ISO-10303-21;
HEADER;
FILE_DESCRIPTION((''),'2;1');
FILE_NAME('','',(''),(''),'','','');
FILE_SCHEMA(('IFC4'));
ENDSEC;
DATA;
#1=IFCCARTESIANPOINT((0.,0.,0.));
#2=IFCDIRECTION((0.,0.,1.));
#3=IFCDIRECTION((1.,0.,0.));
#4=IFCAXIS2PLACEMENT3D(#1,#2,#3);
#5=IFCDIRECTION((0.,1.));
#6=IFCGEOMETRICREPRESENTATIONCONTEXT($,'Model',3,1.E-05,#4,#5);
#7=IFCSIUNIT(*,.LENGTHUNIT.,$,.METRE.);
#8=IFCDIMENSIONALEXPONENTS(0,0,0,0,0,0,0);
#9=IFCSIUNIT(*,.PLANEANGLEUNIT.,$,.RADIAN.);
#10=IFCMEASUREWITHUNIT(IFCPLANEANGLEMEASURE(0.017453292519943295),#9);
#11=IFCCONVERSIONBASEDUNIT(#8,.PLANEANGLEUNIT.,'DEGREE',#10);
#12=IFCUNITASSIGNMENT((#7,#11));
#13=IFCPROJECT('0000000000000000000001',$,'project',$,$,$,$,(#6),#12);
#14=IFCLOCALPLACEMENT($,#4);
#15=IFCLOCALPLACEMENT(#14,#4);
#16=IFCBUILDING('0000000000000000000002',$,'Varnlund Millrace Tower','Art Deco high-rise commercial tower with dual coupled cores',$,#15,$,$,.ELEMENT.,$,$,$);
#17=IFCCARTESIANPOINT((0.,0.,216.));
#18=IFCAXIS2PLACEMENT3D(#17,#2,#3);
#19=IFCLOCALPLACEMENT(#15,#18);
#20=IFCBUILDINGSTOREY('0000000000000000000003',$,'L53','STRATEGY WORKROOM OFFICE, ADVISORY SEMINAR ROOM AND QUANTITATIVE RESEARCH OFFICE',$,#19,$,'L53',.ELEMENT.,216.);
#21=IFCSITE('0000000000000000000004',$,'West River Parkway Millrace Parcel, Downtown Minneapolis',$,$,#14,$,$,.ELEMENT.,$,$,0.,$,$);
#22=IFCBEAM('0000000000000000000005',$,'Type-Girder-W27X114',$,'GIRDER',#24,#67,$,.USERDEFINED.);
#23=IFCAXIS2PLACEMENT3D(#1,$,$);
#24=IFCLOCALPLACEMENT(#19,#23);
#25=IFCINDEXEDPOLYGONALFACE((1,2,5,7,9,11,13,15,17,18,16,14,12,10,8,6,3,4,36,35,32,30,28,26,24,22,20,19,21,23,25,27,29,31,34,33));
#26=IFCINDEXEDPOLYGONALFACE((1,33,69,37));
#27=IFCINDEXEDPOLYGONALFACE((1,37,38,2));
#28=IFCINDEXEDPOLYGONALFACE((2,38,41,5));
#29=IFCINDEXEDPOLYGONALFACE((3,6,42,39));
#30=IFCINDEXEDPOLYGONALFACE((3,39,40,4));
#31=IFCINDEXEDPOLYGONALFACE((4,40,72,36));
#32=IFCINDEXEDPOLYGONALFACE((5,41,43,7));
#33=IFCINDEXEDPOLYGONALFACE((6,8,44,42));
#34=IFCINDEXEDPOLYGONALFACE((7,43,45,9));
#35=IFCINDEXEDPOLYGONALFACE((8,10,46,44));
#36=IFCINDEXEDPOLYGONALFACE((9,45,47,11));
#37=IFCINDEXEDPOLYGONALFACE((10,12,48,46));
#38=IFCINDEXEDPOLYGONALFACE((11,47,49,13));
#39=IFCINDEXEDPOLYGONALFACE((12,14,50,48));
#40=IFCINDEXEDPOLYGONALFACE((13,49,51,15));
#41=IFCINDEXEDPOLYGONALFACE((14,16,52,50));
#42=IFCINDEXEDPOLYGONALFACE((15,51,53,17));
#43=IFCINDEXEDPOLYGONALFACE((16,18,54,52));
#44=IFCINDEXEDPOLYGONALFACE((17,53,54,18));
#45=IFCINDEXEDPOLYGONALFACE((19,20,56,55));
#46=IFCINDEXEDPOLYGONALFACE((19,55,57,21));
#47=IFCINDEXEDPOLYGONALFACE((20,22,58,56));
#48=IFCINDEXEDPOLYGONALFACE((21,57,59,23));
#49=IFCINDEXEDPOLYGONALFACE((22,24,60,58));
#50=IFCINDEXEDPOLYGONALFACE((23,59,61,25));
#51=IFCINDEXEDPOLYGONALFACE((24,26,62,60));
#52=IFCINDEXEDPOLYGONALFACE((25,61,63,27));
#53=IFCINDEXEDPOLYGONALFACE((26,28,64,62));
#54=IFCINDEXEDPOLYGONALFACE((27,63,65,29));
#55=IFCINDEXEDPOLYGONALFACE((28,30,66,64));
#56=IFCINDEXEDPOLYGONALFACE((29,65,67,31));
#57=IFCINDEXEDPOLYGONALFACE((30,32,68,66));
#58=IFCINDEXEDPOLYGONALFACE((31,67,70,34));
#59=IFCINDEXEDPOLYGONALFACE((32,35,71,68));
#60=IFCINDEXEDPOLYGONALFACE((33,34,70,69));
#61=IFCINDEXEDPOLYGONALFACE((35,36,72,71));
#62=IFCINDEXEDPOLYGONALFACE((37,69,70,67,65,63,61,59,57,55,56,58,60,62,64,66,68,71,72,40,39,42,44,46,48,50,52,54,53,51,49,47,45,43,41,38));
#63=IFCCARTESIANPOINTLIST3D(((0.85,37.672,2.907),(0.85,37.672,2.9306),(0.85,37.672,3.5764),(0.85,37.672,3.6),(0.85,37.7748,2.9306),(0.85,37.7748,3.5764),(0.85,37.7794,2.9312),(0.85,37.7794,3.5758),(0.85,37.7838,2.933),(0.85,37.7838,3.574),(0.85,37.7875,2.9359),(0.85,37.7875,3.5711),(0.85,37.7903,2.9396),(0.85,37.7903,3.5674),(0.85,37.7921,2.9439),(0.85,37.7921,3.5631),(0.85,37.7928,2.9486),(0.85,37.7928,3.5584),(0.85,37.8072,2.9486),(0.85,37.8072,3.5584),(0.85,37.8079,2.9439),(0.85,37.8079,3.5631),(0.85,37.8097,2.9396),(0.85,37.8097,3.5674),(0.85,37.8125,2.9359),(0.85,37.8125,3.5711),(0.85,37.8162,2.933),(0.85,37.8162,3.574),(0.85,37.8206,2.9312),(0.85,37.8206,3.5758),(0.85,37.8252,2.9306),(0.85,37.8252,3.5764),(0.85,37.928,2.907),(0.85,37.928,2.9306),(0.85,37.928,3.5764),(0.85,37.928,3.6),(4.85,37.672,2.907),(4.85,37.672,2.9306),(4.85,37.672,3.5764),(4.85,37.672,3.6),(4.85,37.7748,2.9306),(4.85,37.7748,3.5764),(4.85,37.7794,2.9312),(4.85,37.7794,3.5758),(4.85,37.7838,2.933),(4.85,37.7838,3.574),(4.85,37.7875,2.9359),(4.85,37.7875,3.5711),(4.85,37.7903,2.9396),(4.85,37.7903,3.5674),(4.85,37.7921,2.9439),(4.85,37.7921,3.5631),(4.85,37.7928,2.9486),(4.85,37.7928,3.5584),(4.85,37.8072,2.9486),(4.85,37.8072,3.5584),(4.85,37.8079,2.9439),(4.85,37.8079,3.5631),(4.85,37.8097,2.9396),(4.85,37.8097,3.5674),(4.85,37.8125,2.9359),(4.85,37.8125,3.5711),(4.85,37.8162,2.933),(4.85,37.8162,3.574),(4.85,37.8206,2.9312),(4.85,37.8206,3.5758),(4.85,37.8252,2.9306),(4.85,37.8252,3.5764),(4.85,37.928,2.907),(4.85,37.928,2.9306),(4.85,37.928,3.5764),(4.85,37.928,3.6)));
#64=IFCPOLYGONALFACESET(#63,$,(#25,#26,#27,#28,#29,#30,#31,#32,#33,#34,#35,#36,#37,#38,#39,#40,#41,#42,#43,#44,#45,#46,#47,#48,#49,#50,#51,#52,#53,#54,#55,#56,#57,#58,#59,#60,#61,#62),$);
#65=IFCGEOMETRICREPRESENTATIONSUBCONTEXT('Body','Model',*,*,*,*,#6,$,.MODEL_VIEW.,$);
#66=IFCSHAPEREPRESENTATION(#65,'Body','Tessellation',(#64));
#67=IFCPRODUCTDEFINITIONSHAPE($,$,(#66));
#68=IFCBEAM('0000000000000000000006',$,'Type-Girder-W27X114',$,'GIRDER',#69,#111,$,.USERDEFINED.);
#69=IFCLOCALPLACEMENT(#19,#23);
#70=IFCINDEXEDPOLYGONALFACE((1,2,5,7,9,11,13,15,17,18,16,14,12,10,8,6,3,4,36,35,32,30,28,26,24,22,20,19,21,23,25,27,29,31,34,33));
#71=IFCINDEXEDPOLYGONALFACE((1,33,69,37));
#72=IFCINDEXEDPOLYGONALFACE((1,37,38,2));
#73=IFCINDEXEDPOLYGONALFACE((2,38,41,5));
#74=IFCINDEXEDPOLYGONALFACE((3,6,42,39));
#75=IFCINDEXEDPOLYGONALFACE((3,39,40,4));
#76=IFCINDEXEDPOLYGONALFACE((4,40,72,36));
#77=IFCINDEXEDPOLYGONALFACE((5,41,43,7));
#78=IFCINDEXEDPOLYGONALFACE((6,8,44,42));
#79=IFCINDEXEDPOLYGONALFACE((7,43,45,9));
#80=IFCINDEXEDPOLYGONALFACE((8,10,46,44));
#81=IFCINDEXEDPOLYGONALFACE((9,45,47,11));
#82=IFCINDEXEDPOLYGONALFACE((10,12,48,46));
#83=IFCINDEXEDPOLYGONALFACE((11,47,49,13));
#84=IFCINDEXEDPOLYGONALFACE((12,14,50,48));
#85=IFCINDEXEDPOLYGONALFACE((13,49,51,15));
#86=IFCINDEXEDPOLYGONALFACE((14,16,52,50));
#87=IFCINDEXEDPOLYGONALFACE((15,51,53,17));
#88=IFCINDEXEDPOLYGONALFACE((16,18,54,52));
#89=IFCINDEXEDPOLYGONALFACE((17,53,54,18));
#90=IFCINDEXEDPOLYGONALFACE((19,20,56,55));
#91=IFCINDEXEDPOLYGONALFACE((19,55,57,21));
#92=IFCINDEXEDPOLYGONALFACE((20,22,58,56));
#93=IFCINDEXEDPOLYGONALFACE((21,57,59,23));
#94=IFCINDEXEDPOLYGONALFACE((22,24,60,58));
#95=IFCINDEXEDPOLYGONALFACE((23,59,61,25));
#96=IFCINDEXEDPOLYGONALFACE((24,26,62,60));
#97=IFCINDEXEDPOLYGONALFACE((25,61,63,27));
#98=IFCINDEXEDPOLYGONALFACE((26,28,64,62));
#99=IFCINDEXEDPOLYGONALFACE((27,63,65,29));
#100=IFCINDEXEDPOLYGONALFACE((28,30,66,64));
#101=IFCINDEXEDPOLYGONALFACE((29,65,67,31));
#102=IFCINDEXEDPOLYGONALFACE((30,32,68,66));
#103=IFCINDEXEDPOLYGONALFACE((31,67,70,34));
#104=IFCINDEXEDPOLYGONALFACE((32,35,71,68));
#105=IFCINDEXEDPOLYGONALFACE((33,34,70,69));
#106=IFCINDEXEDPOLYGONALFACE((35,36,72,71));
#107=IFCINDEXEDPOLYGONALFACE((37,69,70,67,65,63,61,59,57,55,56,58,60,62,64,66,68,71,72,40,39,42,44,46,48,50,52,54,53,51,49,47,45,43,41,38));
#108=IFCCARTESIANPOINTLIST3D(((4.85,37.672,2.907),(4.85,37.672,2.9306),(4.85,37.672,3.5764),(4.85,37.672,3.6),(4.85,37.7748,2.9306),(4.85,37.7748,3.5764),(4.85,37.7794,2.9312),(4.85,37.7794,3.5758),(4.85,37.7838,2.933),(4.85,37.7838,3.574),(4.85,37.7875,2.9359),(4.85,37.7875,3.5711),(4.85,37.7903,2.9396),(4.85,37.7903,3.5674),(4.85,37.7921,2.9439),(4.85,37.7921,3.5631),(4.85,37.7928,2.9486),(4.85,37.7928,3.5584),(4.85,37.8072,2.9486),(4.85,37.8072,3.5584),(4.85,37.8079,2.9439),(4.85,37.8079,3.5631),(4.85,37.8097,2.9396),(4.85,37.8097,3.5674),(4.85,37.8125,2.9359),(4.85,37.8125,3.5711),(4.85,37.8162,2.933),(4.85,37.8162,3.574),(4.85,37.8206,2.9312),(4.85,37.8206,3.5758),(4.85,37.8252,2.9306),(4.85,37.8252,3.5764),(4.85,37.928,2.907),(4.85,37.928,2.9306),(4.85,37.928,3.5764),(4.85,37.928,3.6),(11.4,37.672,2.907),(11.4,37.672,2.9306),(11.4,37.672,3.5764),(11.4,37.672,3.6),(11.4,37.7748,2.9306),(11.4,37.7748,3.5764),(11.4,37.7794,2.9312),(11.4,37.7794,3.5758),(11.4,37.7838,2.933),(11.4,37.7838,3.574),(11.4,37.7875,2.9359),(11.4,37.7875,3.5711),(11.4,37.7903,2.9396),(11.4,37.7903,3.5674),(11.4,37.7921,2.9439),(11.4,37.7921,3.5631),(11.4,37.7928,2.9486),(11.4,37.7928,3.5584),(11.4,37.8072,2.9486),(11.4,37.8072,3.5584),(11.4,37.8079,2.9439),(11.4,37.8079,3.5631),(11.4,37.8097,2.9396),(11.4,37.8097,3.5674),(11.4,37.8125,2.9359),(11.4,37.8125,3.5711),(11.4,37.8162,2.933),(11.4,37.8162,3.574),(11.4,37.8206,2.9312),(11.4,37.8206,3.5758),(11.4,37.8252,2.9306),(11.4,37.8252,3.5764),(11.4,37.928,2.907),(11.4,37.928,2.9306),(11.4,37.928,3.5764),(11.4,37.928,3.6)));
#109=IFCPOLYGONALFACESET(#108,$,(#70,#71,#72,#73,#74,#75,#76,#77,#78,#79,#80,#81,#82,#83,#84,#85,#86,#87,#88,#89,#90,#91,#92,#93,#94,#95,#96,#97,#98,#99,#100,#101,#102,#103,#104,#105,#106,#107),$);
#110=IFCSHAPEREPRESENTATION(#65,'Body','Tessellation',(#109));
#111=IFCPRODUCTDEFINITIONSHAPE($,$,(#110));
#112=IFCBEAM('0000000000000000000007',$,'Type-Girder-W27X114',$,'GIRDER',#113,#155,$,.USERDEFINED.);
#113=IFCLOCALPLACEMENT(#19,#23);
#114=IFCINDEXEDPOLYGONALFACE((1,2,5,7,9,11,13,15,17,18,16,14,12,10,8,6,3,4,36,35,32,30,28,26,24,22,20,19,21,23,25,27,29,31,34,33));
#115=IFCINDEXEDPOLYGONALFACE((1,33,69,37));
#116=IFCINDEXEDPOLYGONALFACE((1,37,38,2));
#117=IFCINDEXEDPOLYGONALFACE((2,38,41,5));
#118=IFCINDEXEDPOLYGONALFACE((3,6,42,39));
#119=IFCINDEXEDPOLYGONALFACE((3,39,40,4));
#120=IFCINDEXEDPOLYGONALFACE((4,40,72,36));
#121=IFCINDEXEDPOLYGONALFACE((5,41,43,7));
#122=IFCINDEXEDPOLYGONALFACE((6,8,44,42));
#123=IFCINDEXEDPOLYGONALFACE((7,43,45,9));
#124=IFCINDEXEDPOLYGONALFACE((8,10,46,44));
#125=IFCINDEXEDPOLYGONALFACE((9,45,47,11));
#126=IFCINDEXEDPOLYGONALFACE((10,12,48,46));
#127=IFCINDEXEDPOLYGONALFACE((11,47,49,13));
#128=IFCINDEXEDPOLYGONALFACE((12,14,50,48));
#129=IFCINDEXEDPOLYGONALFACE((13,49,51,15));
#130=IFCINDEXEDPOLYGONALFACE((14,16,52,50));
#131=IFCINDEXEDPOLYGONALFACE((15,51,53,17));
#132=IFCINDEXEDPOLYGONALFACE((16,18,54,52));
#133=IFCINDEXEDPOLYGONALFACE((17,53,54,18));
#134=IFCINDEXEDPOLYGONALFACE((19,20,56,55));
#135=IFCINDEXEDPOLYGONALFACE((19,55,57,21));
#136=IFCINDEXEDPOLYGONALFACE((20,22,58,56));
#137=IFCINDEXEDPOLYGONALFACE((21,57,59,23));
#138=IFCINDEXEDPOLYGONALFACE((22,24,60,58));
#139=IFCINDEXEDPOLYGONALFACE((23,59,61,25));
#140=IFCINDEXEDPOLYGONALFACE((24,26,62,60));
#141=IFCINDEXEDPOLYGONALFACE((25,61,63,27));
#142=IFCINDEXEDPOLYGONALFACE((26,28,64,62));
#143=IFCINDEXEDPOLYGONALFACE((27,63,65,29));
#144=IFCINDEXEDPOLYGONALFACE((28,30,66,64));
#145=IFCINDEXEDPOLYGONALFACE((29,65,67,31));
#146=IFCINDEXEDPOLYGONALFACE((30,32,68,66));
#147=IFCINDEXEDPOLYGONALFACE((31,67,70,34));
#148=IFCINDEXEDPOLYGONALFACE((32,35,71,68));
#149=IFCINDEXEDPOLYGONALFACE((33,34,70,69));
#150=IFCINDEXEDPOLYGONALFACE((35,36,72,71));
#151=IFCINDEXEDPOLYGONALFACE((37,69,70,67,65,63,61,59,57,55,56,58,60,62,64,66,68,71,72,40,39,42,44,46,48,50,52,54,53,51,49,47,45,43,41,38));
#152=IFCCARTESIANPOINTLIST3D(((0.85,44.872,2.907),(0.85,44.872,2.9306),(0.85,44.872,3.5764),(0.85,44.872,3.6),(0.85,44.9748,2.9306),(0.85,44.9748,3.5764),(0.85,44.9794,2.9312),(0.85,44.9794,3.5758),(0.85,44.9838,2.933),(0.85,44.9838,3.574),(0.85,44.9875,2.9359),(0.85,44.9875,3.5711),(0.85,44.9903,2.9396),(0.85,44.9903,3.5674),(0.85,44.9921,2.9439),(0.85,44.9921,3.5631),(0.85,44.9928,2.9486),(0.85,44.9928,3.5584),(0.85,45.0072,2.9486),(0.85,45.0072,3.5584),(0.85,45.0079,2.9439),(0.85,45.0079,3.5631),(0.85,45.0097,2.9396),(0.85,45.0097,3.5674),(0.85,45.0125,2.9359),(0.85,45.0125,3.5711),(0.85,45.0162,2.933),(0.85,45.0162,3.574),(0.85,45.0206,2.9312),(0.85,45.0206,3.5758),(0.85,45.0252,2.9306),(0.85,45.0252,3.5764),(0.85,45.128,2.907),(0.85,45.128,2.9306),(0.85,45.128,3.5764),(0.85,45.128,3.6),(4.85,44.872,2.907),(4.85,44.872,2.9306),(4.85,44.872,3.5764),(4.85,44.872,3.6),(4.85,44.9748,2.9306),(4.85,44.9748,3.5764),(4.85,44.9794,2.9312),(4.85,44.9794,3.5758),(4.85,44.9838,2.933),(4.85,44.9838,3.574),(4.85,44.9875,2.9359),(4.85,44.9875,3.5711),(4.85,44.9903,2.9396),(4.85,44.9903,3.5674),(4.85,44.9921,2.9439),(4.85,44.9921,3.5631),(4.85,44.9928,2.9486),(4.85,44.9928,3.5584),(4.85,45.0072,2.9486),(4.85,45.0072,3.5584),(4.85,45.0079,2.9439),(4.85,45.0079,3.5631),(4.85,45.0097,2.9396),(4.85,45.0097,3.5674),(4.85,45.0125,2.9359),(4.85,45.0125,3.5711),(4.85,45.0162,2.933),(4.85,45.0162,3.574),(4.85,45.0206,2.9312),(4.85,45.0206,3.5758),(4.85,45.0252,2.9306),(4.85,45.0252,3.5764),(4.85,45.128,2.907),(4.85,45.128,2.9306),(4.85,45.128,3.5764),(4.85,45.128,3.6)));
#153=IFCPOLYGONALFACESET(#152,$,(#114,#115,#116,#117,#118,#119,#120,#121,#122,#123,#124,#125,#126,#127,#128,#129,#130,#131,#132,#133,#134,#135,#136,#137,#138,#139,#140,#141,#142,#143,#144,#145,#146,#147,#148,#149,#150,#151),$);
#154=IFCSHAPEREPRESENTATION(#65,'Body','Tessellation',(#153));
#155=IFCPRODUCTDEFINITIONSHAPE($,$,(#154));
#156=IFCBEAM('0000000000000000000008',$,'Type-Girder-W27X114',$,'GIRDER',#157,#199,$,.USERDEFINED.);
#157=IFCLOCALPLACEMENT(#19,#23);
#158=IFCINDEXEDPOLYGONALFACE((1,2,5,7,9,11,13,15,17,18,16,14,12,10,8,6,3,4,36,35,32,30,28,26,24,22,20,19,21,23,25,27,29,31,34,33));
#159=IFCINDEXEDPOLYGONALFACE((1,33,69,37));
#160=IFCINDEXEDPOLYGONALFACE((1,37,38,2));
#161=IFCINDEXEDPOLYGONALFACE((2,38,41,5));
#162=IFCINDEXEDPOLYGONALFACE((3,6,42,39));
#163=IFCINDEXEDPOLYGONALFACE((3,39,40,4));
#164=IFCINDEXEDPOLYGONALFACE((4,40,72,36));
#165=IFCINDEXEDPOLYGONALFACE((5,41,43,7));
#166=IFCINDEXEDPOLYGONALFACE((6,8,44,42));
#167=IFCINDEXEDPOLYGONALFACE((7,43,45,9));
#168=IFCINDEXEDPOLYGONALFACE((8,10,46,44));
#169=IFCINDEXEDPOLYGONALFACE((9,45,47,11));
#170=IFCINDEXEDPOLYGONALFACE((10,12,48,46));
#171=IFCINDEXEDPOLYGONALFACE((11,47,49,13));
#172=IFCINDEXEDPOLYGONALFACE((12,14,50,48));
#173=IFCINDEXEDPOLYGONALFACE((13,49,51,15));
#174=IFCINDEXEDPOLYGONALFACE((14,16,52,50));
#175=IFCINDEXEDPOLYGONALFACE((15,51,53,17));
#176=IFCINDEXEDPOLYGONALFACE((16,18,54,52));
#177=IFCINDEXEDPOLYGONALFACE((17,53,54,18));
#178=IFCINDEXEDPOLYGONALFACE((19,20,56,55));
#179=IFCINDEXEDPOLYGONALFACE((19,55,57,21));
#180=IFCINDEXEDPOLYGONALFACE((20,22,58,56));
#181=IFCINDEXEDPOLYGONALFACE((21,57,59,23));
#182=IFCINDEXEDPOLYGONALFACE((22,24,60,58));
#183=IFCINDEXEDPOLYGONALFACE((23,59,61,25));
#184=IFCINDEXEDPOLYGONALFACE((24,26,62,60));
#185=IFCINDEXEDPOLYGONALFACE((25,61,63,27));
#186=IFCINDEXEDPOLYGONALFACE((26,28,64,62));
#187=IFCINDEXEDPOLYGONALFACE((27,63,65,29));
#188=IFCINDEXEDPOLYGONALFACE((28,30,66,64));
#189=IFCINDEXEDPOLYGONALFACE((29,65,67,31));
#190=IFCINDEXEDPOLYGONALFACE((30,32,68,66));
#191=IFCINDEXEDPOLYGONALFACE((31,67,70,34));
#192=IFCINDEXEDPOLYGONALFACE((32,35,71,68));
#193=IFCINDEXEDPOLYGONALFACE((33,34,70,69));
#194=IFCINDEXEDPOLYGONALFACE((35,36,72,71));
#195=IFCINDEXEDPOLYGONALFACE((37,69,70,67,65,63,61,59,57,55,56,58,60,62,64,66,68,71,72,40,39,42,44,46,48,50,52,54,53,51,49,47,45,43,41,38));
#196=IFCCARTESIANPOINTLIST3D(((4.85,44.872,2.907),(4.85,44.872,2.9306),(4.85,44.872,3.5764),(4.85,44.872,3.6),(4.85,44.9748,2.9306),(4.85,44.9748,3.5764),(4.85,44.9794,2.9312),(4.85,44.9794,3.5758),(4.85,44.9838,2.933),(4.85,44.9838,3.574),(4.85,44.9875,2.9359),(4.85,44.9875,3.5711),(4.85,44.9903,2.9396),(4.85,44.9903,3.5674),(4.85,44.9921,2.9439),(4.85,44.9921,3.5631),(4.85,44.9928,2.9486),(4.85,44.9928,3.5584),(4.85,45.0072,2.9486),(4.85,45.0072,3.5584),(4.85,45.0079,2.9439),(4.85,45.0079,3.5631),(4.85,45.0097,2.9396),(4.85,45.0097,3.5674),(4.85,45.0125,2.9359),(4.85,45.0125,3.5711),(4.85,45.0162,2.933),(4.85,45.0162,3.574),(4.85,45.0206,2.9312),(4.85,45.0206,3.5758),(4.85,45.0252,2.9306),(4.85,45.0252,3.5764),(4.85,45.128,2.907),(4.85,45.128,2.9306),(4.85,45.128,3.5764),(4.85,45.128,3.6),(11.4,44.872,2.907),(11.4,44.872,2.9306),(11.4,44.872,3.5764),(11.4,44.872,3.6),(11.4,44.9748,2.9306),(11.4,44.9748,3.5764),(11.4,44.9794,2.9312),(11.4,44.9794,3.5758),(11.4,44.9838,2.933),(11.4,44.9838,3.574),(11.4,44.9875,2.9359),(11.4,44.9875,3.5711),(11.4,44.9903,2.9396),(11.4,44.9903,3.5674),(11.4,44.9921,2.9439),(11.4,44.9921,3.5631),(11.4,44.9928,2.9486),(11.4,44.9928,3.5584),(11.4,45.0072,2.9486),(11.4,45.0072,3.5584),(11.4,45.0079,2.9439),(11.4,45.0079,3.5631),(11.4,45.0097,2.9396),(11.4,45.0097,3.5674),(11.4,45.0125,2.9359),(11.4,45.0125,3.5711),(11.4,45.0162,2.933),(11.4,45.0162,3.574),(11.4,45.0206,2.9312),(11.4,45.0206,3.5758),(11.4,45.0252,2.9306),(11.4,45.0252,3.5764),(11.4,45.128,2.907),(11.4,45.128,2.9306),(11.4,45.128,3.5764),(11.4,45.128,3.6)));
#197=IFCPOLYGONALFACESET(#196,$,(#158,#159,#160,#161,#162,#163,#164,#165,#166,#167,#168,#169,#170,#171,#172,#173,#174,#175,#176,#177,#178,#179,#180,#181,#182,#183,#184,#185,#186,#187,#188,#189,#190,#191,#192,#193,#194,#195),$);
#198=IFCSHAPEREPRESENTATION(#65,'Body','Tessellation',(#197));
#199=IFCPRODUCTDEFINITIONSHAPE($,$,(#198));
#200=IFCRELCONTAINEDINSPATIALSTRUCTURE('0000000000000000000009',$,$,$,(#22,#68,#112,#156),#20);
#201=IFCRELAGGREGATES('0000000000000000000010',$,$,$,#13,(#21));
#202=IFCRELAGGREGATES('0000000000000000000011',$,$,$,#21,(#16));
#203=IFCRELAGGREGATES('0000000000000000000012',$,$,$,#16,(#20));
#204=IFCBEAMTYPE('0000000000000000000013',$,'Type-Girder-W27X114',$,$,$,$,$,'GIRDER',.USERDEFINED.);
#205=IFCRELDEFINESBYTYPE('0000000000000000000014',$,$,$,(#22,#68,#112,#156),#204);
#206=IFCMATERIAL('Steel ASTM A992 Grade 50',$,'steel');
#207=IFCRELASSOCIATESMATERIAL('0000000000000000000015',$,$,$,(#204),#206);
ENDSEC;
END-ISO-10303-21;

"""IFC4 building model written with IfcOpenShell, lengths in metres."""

from ifc_helpers import new_model, entity, si_unit, converted_unit, direction, frame, origin_with_axes, origin_2d_with_axis, place, context, subcontext, project, spatial, i_section, extrude, material, material_profile, profile_set, type_object, element, save


model = new_model("IFC4")

# Units and contexts
model_context = context("Model", 3, precision=1e-05, world=origin_with_axes(), true_north=direction((0.0, 1.0)))
body_context = subcontext(model_context, "Body", "Model", "MODEL_VIEW")
ifc_project = project(units=[si_unit("LENGTHUNIT", "METRE"), converted_unit("PLANEANGLEUNIT", "DEGREE", entity("IfcPlaneAngleMeasure", 0.017453292519943295), si_unit("PLANEANGLEUNIT", "RADIAN"), dimensions=[0, 0, 0, 0, 0, 0, 0])], contexts=[model_context])

# Site, building, storey
site_placement = place(None, origin_with_axes())
site = spatial("IfcSite", under=ifc_project, at=site_placement, Name="West River Parkway Millrace Parcel, Downtown Minneapolis", CompositionType="ELEMENT", RefElevation=0.0)
building_placement = place(site_placement, origin_with_axes())
building = spatial("IfcBuilding", under=site, at=building_placement, Name="Varnlund Millrace Tower", Description="Art Deco high-rise commercial tower with dual coupled cores", CompositionType="ELEMENT")
storey_placement = place(building_placement, frame((0.0, 0.0, 216.0), z_axis=(0.0, 0.0, 1.0), x_axis=(1.0, 0.0, 0.0)))
storey = spatial("IfcBuildingStorey", under=building, at=storey_placement, Name="L53", Description="STRATEGY WORKROOM OFFICE, ADVISORY SEMINAR ROOM AND QUANTITATIVE RESEARCH OFFICE", LongName="L53", CompositionType="ELEMENT", Elevation=216.0)

# Beams
ifc_material_1 = material(Name="Steel ASTM A992 Grade 50", Category="steel")
ifc_material_profile_1 = material_profile(ifc_material_1, i_section(OverallWidth=0.256, OverallDepth=0.693, WebThickness=0.0145, FlangeThickness=0.0236, FilletRadius=0.018, at=origin_2d_with_axis()), Name="Steel ASTM A992 Grade 50")
ifc_profile_set_1 = profile_set([ifc_material_profile_1], Name="Steel ASTM A992 Grade 50")
beam_type_1 = type_object("IfcBeamType", Name="Type-Girder-W27X114", ElementType="GIRDER", PredefinedType="USERDEFINED", material=ifc_profile_set_1)
beam_1_placement = place(storey_placement, frame((0.85, 37.8, 3.2535), z_axis=(1.0, 0.0, 0.0), x_axis=(0.0, 1.0, 0.0)))
element("IfcBeam", 1, at=beam_1_placement, inside=storey, type_object=beam_type_1, Name="Type-Girder-W27X114", ObjectType="GIRDER", PredefinedType="USERDEFINED", context=body_context, shape_type="SweptSolid", body=[
    extrude(i_section(OverallWidth=0.256, OverallDepth=0.693, WebThickness=0.0145, FlangeThickness=0.0236, FilletRadius=0.018, at=origin_2d_with_axis()), origin_with_axes(), (0.0, 0.0, 1.0), 4.0),
])
beam_2_placement = place(storey_placement, frame((4.85, 37.8, 3.2535), z_axis=(1.0, 0.0, 0.0), x_axis=(0.0, 1.0, 0.0)))
element("IfcBeam", 2, at=beam_2_placement, inside=storey, type_object=beam_type_1, Name="Type-Girder-W27X114", ObjectType="GIRDER", PredefinedType="USERDEFINED", context=body_context, shape_type="SweptSolid", body=[
    extrude(i_section(OverallWidth=0.256, OverallDepth=0.693, WebThickness=0.0145, FlangeThickness=0.0236, FilletRadius=0.018, at=origin_2d_with_axis()), origin_with_axes(), (0.0, 0.0, 1.0), 6.55),
])
beam_3_placement = place(storey_placement, frame((0.85, 45.0, 3.2535), z_axis=(1.0, 0.0, 0.0), x_axis=(0.0, 1.0, 0.0)))
element("IfcBeam", 3, at=beam_3_placement, inside=storey, type_object=beam_type_1, Name="Type-Girder-W27X114", ObjectType="GIRDER", PredefinedType="USERDEFINED", context=body_context, shape_type="SweptSolid", body=[
    extrude(i_section(OverallWidth=0.256, OverallDepth=0.693, WebThickness=0.0145, FlangeThickness=0.0236, FilletRadius=0.018, at=origin_2d_with_axis()), origin_with_axes(), (0.0, 0.0, 1.0), 4.0),
])
beam_4_placement = place(storey_placement, frame((4.85, 45.0, 3.2535), z_axis=(1.0, 0.0, 0.0), x_axis=(0.0, 1.0, 0.0)))
element("IfcBeam", 4, at=beam_4_placement, inside=storey, type_object=beam_type_1, Name="Type-Girder-W27X114", ObjectType="GIRDER", PredefinedType="USERDEFINED", context=body_context, shape_type="SweptSolid", body=[
    extrude(i_section(OverallWidth=0.256, OverallDepth=0.693, WebThickness=0.0145, FlangeThickness=0.0236, FilletRadius=0.018, at=origin_2d_with_axis()), origin_with_axes(), (0.0, 0.0, 1.0), 6.55),
])

save(model, "model.ifc")
